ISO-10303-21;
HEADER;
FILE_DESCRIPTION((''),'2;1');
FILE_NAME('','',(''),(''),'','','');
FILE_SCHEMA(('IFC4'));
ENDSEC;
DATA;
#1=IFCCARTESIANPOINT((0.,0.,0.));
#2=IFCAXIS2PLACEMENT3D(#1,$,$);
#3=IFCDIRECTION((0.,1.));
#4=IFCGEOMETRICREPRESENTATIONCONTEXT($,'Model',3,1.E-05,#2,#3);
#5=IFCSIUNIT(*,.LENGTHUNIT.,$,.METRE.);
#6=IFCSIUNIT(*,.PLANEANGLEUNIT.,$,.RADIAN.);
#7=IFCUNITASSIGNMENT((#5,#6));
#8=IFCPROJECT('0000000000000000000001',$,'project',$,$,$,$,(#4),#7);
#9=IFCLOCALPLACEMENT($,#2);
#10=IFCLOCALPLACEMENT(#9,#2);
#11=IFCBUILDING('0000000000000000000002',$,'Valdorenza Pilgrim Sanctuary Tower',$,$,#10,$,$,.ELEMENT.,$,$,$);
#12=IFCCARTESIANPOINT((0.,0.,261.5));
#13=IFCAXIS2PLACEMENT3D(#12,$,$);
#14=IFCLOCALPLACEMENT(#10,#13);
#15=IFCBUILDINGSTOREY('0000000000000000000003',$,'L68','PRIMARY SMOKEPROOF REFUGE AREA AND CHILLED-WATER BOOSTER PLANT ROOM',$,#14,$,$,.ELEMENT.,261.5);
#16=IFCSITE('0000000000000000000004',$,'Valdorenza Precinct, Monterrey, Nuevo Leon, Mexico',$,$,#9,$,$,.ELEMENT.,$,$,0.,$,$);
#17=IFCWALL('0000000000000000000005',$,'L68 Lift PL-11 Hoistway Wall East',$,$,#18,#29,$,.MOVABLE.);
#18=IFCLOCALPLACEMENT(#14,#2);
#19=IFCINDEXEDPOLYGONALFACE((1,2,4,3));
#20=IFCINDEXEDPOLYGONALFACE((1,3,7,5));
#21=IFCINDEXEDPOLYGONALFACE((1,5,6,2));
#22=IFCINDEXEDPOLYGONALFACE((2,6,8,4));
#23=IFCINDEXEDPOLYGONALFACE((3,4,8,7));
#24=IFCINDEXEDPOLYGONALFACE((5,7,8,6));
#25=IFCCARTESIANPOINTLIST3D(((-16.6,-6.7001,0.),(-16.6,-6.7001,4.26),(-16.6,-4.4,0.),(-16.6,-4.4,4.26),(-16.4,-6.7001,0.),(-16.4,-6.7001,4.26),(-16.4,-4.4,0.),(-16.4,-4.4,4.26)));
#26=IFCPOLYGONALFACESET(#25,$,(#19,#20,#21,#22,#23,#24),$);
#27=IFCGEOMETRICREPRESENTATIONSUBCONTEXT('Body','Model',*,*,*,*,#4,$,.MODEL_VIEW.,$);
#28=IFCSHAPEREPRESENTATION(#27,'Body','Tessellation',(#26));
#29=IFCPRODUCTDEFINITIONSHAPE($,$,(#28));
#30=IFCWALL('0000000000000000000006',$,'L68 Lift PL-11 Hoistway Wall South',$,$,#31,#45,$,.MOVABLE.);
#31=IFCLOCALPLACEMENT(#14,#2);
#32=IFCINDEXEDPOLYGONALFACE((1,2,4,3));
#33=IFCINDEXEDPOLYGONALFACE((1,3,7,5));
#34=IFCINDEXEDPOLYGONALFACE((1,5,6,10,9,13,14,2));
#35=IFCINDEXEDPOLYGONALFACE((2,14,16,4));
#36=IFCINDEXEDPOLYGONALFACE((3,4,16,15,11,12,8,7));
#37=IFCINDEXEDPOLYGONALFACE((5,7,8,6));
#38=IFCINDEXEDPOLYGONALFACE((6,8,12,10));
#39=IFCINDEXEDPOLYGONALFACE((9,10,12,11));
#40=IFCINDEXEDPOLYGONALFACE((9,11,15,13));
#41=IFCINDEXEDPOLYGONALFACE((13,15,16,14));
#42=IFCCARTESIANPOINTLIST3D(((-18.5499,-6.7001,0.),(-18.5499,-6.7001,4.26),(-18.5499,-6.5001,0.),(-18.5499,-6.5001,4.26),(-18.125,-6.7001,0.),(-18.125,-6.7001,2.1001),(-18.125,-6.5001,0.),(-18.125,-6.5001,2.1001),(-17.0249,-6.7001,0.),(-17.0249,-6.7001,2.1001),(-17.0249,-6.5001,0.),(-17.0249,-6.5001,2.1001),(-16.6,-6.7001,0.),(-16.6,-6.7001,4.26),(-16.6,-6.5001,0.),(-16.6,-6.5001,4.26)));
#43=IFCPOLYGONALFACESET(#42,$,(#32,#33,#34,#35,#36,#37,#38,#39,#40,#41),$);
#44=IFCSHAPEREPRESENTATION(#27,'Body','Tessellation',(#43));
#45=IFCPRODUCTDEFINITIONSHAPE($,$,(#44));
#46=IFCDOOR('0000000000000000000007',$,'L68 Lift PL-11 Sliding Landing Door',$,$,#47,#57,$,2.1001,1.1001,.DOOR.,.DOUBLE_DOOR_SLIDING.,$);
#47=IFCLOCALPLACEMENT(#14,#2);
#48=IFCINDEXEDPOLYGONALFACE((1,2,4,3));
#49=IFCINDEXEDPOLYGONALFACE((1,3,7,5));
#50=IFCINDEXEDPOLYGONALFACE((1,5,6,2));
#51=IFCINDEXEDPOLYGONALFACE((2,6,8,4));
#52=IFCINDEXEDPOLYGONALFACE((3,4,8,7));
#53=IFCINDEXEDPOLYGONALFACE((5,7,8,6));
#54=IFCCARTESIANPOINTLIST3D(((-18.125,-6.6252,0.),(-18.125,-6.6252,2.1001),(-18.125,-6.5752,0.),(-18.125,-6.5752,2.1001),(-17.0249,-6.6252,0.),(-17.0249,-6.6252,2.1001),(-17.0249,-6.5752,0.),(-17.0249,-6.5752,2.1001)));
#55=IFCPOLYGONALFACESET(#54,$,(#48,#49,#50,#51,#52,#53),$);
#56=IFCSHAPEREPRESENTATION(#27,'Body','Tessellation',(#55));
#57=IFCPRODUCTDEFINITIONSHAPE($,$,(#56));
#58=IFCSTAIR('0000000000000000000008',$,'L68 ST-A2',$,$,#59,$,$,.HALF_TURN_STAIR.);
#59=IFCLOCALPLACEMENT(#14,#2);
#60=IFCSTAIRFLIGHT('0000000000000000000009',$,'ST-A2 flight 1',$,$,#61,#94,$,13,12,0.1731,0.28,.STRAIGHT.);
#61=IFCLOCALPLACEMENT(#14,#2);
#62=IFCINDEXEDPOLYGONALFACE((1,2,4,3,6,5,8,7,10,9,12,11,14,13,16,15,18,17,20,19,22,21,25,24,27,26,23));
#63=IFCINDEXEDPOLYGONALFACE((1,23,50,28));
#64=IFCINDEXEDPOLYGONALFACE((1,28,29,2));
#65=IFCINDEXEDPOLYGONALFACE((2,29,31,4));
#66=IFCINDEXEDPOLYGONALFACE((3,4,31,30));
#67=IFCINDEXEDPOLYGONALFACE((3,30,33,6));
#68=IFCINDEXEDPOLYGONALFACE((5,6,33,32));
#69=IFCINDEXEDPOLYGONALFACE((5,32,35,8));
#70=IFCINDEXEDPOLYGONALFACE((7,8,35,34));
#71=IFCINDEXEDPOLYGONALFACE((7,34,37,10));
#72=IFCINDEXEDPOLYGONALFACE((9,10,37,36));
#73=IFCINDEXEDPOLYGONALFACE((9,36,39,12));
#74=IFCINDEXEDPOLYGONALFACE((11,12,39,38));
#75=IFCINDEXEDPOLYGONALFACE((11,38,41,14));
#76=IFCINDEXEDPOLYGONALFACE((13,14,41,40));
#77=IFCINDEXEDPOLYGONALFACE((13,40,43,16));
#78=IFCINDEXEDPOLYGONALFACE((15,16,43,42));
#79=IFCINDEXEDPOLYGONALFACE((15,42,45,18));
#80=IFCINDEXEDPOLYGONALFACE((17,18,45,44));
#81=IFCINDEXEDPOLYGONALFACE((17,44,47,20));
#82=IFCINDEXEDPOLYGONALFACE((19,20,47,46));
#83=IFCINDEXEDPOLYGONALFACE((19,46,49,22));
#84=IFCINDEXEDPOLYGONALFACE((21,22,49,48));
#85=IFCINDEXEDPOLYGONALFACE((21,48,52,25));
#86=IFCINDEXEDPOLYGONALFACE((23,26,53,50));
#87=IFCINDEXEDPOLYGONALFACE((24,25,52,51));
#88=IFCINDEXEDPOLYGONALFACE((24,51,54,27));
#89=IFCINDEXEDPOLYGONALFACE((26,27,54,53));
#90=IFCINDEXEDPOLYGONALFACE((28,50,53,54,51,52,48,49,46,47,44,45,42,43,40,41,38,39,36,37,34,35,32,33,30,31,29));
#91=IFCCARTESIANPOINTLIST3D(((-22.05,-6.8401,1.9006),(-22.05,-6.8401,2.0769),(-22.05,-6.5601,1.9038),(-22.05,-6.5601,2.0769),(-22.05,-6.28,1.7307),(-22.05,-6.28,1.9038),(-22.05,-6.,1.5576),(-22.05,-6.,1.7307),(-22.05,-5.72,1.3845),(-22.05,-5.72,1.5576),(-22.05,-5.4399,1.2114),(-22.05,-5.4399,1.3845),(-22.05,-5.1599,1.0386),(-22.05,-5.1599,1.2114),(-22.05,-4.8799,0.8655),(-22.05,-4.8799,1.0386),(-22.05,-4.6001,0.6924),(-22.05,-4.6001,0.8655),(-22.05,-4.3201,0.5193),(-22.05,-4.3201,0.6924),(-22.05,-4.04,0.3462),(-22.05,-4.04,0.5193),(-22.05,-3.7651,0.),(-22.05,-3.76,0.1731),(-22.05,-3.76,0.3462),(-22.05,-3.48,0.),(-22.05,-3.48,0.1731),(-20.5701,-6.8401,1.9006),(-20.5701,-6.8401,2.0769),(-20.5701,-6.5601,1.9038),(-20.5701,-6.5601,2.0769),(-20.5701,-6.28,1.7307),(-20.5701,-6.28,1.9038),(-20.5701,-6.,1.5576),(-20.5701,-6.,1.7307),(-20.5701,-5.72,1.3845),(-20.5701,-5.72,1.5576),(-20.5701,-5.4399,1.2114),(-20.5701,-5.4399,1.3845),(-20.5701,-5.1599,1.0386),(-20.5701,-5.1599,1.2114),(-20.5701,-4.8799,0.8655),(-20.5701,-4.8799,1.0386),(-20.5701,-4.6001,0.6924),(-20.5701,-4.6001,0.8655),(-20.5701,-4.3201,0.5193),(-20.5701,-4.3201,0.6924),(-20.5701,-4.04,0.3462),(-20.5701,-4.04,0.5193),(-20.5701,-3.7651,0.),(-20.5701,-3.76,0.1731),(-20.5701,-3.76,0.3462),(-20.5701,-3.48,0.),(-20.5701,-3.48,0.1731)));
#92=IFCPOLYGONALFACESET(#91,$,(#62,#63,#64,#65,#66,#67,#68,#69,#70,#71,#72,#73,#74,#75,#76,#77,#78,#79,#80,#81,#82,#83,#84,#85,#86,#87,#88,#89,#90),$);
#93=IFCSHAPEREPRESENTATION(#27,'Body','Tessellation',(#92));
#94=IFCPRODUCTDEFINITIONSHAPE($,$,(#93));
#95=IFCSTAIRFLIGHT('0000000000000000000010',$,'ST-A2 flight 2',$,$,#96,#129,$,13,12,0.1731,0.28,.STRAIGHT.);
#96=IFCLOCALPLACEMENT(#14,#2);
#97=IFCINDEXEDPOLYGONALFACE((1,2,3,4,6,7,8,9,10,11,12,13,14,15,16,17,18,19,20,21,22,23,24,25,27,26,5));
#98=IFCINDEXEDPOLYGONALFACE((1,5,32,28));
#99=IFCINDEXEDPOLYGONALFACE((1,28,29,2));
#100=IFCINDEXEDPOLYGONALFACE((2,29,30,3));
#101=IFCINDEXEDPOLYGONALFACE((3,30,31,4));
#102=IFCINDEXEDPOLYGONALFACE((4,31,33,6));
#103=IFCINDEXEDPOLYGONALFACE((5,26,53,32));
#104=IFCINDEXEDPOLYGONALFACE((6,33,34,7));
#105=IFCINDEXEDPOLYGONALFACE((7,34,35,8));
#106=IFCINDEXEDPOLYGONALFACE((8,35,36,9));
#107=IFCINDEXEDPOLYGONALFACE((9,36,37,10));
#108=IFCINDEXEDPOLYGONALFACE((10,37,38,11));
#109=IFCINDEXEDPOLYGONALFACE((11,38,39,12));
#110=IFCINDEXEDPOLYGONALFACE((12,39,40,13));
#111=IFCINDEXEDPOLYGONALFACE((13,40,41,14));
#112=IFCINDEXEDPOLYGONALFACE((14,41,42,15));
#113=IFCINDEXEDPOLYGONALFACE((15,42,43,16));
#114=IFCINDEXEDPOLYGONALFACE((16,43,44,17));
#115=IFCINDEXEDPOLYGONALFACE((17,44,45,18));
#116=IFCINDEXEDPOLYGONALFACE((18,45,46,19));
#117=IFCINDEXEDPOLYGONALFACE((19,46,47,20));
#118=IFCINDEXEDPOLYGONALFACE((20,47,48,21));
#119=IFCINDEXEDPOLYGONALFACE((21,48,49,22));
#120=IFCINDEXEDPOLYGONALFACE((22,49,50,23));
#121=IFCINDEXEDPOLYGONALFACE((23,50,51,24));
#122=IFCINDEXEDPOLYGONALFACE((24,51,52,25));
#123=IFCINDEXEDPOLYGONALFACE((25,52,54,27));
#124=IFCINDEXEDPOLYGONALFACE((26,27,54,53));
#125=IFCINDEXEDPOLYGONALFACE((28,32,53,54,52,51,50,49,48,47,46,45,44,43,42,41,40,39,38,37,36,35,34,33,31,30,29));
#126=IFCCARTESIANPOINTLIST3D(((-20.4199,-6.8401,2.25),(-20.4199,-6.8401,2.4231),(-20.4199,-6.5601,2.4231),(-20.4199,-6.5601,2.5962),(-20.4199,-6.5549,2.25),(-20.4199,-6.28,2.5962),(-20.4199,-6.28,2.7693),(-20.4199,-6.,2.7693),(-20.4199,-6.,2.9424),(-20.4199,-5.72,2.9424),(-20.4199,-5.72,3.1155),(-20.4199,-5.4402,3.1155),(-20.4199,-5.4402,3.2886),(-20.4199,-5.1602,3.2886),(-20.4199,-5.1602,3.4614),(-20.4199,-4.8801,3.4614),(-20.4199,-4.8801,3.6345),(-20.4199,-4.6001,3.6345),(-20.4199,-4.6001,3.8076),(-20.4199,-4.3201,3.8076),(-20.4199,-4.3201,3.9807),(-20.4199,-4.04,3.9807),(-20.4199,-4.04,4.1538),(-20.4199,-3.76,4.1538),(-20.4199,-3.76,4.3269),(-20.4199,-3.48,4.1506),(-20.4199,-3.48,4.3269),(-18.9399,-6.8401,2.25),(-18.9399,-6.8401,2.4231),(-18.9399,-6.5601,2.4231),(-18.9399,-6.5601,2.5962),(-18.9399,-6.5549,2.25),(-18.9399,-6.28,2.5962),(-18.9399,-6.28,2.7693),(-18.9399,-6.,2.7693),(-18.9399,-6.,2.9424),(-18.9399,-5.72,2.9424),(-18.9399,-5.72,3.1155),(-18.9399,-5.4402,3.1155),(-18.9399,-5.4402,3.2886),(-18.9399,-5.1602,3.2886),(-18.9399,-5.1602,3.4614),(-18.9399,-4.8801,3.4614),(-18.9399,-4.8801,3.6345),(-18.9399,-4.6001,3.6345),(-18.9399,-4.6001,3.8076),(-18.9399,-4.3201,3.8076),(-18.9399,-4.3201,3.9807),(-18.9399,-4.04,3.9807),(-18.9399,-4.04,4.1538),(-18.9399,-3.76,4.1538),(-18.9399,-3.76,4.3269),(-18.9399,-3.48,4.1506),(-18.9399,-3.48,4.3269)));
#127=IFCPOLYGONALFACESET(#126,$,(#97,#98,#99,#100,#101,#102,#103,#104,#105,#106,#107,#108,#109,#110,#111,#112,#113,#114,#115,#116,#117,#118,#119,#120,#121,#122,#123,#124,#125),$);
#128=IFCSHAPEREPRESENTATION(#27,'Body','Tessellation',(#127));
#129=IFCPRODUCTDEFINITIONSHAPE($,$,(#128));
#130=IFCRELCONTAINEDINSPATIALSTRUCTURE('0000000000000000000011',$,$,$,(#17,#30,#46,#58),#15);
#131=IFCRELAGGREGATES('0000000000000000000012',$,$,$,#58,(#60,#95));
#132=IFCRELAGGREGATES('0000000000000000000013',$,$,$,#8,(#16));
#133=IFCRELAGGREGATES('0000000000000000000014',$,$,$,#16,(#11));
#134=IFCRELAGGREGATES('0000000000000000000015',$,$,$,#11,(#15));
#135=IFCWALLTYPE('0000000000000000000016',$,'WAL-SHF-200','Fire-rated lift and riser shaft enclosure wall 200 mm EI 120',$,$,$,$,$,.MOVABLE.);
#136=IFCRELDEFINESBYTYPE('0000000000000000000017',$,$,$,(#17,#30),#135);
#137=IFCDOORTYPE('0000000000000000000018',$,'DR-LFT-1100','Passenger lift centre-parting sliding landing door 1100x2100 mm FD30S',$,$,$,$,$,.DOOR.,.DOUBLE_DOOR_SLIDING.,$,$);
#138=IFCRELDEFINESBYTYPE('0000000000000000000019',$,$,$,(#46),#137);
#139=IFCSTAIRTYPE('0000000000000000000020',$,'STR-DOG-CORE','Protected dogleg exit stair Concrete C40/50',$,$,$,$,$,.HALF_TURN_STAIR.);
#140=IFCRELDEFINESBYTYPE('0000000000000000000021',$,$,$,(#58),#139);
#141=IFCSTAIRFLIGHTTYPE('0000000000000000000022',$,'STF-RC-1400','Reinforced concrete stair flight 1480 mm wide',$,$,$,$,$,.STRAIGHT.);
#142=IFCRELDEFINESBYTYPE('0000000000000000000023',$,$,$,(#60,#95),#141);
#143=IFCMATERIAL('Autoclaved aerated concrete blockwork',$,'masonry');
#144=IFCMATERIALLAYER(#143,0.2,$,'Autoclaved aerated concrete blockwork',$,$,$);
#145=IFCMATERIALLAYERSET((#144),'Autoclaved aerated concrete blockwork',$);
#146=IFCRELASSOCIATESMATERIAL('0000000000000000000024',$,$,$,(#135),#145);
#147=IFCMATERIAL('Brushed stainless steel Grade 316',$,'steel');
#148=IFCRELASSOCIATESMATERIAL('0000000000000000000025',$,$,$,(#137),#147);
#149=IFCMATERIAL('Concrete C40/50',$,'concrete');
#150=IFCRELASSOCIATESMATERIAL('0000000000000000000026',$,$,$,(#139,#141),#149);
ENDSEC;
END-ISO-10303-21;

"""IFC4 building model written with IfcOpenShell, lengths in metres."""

from ifc_helpers import new_model, si_unit, direction, frame, frame_2d, origin, place, context, subcontext, project, spatial, polyline, rectangle, outline, extrude, material, layer, layer_set, type_object, element, fill, aggregate, save


model = new_model("IFC4")

# Units and contexts
model_context = context("Model", 3, precision=1e-05, world=origin(), true_north=direction((0.0, 1.0)))
body_context = subcontext(model_context, "Body", "Model", "MODEL_VIEW")
ifc_project = project(units=[si_unit("LENGTHUNIT", "METRE"), si_unit("PLANEANGLEUNIT", "RADIAN")], contexts=[model_context])

# Site, building, storey
site_placement = place(None, origin())
site = spatial("IfcSite", under=ifc_project, at=site_placement, Name="Valdorenza Precinct, Monterrey, Nuevo Leon, Mexico", CompositionType="ELEMENT", RefElevation=0.0)
building_placement = place(site_placement, origin())
building = spatial("IfcBuilding", under=site, at=building_placement, Name="Valdorenza Pilgrim Sanctuary Tower", CompositionType="ELEMENT")
storey_placement = place(building_placement, frame((0.0, 0.0, 261.5)))
storey = spatial("IfcBuildingStorey", under=building, at=storey_placement, Name="L68", Description="PRIMARY SMOKEPROOF REFUGE AREA AND CHILLED-WATER BOOSTER PLANT ROOM", CompositionType="ELEMENT", Elevation=261.5)

# Shared definitions
ifc_material_1 = material(Name="Autoclaved aerated concrete blockwork", Category="masonry")
ifc_layer_1 = layer(ifc_material_1, 0.2, Name="Autoclaved aerated concrete blockwork")
ifc_layer_set_1 = layer_set([ifc_layer_1], Name="Autoclaved aerated concrete blockwork")
wall_type_1 = type_object("IfcWallType", Name="WAL-SHF-200", Description="Fire-rated lift and riser shaft enclosure wall 200 mm EI 120", PredefinedType="MOVABLE", material=ifc_layer_set_1)

# Shared definitions
ifc_material_2 = material(Name="Brushed stainless steel Grade 316", Category="steel")

# Wall
for number, where, z_axis, x_axis, name in (
    (1, (-16.5, -6.7, 0.0), (0.0, 0.0, 1.0), (0.0, 1.0, 0.0), "L68 Lift PL-11 Hoistway Wall East"),
):
    element("IfcWall", number, at=place(storey_placement, frame(where, z_axis=z_axis, x_axis=x_axis)), inside=storey, type_object=wall_type_1, Name=name, PredefinedType="MOVABLE", context=body_context, shape_type="SweptSolid", body=[
        extrude(rectangle(XDim=2.3, YDim=0.2, at=frame_2d((1.1499, 0.0))), origin(), (0.0, 0.0, 1.0), 4.26),
    ])

# Wall, opening, door
wall_1_placement = place(storey_placement, frame((-18.55, -6.6001, 0.0), z_axis=(0.0, 0.0, 1.0), x_axis=(1.0, 0.0, 0.0)))
wall_1 = element("IfcWall", 2, at=wall_1_placement, inside=storey, type_object=wall_type_1, Name="L68 Lift PL-11 Hoistway Wall South", PredefinedType="MOVABLE", context=body_context, shape_type="SweptSolid", body=[
    extrude(rectangle(XDim=1.95, YDim=0.2, at=frame_2d((0.9751, 0.0))), origin(), (0.0, 0.0, 1.0), 4.26),
])
opening_1_placement = place(wall_1_placement, frame((0.425, 0.0, 0.0)))
opening_1 = element("IfcOpeningElement", 3, at=opening_1_placement, cuts=wall_1, PredefinedType="OPENING", context=body_context, shape_type="SweptSolid", body=[
    extrude(rectangle(XDim=1.1001, YDim=2.1001, at=frame_2d((0.55, 1.05))), frame((0.0, 0.1147, 0.0), z_axis=(0.0, -1.0, 0.0), x_axis=(1.0, 0.0, 0.0)), (0.0, 0.0, 1.0), 0.2297),
])
door_type_1 = type_object("IfcDoorType", Name="DR-LFT-1100", Description="Passenger lift centre-parting sliding landing door 1100x2100 mm FD30S", OperationType="DOUBLE_DOOR_SLIDING", PredefinedType="DOOR", material=ifc_material_2)
door_1_placement = place(opening_1_placement, origin())
door_1 = element("IfcDoor", 4, at=door_1_placement, inside=storey, type_object=door_type_1, Name="L68 Lift PL-11 Sliding Landing Door", OperationType="DOUBLE_DOOR_SLIDING", OverallHeight=2.1001, OverallWidth=1.1001, PredefinedType="DOOR", context=body_context, shape_type="SweptSolid", body=[
    extrude(rectangle(XDim=1.1001, YDim=2.1001, at=frame_2d((0.55, 1.05))), frame((0.0, 0.0249, 0.0), z_axis=(0.0, -1.0, 0.0), x_axis=(1.0, 0.0, 0.0)), (0.0, 0.0, 1.0), 0.05),
])
fill(opening_1, door_1)
ifc_material_3 = material(Name="Concrete C40/50", Category="concrete")

# Stair, stair flights
stair_type = type_object("IfcStairType", Name="STR-DOG-CORE", Description="Protected dogleg exit stair Concrete C40/50", PredefinedType="HALF_TURN_STAIR", material=ifc_material_3)
stair_placement = place(storey_placement, origin())
stair = element("IfcStair", 5, at=stair_placement, inside=storey, type_object=stair_type, Name="L68 ST-A2", PredefinedType="HALF_TURN_STAIR")
stair_flight_type = type_object("IfcStairFlightType", Name="STF-RC-1400", Description="Reinforced concrete stair flight 1480 mm wide", PredefinedType="STRAIGHT", material=ifc_material_3)
stair_flight_1_placement = place(storey_placement, frame((-21.3101, -3.48, 0.0), z_axis=(0.0, 0.0, 1.0), x_axis=(0.0, -1.0, 0.0)))
stair_flight_1 = element("IfcStairFlight", 6, at=stair_flight_1_placement, type_object=stair_flight_type, Name="ST-A2 flight 1", NumberOfRisers=13, NumberOfTreads=12, PredefinedType="STRAIGHT", RiserHeight=0.1731, TreadLength=0.28, context=body_context, shape_type="SweptSolid", body=[
    extrude(outline(polyline([(0.0, 0.0), (0.0, 0.1731), (0.28, 0.1731), (0.28, 0.3462), (0.5601, 0.3462), (0.5601, 0.5193), (0.8401, 0.5193), (0.8401, 0.6924), (1.1201, 0.6924), (1.1201, 0.8655), (1.3999, 0.8655), (1.3999, 1.0386), (1.6799, 1.0386), (1.6799, 1.2114), (1.96, 1.2114), (1.96, 1.3845), (2.24, 1.3845), (2.24, 1.5576), (2.52, 1.5576), (2.52, 1.7307), (2.8, 1.7307), (2.8, 1.9038), (3.0801, 1.9038), (3.0801, 2.0769), (3.3601, 2.0769), (3.3601, 2.25), (3.3601, 1.9006), (0.2852, 0.0), (0.0, 0.0)])), frame((0.0, 0.74, 0.0), z_axis=(0.0, -1.0, 0.0), x_axis=(1.0, 0.0, 0.0)), (0.0, 0.0, 1.0), 1.48),
])
stair_flight_2_placement = place(storey_placement, frame((-19.6799, -6.8401, 2.25), z_axis=(0.0, 0.0, 1.0), x_axis=(0.0, 1.0, 0.0)))
stair_flight_2 = element("IfcStairFlight", 7, at=stair_flight_2_placement, type_object=stair_flight_type, Name="ST-A2 flight 2", NumberOfRisers=13, NumberOfTreads=12, PredefinedType="STRAIGHT", RiserHeight=0.1731, TreadLength=0.28, context=body_context, shape_type="SweptSolid", body=[
    extrude(outline(polyline([(0.0, 0.0), (0.0, 0.1731), (0.28, 0.1731), (0.28, 0.3462), (0.5601, 0.3462), (0.5601, 0.5193), (0.8401, 0.5193), (0.8401, 0.6924), (1.1201, 0.6924), (1.1201, 0.8655), (1.3999, 0.8655), (1.3999, 1.0386), (1.6799, 1.0386), (1.6799, 1.2114), (1.96, 1.2114), (1.96, 1.3845), (2.24, 1.3845), (2.24, 1.5576), (2.52, 1.5576), (2.52, 1.7307), (2.8, 1.7307), (2.8, 1.9038), (3.0801, 1.9038), (3.0801, 2.0769), (3.3601, 2.0769), (3.3601, 2.25), (3.3601, 1.9006), (0.2852, 0.0), (0.0, 0.0)])), frame((0.0, 0.74, 0.0), z_axis=(0.0, -1.0, 0.0), x_axis=(1.0, 0.0, 0.0)), (0.0, 0.0, 1.0), 1.48),
])
aggregate(stair, [stair_flight_1, stair_flight_2])

save(model, "model.ifc")
